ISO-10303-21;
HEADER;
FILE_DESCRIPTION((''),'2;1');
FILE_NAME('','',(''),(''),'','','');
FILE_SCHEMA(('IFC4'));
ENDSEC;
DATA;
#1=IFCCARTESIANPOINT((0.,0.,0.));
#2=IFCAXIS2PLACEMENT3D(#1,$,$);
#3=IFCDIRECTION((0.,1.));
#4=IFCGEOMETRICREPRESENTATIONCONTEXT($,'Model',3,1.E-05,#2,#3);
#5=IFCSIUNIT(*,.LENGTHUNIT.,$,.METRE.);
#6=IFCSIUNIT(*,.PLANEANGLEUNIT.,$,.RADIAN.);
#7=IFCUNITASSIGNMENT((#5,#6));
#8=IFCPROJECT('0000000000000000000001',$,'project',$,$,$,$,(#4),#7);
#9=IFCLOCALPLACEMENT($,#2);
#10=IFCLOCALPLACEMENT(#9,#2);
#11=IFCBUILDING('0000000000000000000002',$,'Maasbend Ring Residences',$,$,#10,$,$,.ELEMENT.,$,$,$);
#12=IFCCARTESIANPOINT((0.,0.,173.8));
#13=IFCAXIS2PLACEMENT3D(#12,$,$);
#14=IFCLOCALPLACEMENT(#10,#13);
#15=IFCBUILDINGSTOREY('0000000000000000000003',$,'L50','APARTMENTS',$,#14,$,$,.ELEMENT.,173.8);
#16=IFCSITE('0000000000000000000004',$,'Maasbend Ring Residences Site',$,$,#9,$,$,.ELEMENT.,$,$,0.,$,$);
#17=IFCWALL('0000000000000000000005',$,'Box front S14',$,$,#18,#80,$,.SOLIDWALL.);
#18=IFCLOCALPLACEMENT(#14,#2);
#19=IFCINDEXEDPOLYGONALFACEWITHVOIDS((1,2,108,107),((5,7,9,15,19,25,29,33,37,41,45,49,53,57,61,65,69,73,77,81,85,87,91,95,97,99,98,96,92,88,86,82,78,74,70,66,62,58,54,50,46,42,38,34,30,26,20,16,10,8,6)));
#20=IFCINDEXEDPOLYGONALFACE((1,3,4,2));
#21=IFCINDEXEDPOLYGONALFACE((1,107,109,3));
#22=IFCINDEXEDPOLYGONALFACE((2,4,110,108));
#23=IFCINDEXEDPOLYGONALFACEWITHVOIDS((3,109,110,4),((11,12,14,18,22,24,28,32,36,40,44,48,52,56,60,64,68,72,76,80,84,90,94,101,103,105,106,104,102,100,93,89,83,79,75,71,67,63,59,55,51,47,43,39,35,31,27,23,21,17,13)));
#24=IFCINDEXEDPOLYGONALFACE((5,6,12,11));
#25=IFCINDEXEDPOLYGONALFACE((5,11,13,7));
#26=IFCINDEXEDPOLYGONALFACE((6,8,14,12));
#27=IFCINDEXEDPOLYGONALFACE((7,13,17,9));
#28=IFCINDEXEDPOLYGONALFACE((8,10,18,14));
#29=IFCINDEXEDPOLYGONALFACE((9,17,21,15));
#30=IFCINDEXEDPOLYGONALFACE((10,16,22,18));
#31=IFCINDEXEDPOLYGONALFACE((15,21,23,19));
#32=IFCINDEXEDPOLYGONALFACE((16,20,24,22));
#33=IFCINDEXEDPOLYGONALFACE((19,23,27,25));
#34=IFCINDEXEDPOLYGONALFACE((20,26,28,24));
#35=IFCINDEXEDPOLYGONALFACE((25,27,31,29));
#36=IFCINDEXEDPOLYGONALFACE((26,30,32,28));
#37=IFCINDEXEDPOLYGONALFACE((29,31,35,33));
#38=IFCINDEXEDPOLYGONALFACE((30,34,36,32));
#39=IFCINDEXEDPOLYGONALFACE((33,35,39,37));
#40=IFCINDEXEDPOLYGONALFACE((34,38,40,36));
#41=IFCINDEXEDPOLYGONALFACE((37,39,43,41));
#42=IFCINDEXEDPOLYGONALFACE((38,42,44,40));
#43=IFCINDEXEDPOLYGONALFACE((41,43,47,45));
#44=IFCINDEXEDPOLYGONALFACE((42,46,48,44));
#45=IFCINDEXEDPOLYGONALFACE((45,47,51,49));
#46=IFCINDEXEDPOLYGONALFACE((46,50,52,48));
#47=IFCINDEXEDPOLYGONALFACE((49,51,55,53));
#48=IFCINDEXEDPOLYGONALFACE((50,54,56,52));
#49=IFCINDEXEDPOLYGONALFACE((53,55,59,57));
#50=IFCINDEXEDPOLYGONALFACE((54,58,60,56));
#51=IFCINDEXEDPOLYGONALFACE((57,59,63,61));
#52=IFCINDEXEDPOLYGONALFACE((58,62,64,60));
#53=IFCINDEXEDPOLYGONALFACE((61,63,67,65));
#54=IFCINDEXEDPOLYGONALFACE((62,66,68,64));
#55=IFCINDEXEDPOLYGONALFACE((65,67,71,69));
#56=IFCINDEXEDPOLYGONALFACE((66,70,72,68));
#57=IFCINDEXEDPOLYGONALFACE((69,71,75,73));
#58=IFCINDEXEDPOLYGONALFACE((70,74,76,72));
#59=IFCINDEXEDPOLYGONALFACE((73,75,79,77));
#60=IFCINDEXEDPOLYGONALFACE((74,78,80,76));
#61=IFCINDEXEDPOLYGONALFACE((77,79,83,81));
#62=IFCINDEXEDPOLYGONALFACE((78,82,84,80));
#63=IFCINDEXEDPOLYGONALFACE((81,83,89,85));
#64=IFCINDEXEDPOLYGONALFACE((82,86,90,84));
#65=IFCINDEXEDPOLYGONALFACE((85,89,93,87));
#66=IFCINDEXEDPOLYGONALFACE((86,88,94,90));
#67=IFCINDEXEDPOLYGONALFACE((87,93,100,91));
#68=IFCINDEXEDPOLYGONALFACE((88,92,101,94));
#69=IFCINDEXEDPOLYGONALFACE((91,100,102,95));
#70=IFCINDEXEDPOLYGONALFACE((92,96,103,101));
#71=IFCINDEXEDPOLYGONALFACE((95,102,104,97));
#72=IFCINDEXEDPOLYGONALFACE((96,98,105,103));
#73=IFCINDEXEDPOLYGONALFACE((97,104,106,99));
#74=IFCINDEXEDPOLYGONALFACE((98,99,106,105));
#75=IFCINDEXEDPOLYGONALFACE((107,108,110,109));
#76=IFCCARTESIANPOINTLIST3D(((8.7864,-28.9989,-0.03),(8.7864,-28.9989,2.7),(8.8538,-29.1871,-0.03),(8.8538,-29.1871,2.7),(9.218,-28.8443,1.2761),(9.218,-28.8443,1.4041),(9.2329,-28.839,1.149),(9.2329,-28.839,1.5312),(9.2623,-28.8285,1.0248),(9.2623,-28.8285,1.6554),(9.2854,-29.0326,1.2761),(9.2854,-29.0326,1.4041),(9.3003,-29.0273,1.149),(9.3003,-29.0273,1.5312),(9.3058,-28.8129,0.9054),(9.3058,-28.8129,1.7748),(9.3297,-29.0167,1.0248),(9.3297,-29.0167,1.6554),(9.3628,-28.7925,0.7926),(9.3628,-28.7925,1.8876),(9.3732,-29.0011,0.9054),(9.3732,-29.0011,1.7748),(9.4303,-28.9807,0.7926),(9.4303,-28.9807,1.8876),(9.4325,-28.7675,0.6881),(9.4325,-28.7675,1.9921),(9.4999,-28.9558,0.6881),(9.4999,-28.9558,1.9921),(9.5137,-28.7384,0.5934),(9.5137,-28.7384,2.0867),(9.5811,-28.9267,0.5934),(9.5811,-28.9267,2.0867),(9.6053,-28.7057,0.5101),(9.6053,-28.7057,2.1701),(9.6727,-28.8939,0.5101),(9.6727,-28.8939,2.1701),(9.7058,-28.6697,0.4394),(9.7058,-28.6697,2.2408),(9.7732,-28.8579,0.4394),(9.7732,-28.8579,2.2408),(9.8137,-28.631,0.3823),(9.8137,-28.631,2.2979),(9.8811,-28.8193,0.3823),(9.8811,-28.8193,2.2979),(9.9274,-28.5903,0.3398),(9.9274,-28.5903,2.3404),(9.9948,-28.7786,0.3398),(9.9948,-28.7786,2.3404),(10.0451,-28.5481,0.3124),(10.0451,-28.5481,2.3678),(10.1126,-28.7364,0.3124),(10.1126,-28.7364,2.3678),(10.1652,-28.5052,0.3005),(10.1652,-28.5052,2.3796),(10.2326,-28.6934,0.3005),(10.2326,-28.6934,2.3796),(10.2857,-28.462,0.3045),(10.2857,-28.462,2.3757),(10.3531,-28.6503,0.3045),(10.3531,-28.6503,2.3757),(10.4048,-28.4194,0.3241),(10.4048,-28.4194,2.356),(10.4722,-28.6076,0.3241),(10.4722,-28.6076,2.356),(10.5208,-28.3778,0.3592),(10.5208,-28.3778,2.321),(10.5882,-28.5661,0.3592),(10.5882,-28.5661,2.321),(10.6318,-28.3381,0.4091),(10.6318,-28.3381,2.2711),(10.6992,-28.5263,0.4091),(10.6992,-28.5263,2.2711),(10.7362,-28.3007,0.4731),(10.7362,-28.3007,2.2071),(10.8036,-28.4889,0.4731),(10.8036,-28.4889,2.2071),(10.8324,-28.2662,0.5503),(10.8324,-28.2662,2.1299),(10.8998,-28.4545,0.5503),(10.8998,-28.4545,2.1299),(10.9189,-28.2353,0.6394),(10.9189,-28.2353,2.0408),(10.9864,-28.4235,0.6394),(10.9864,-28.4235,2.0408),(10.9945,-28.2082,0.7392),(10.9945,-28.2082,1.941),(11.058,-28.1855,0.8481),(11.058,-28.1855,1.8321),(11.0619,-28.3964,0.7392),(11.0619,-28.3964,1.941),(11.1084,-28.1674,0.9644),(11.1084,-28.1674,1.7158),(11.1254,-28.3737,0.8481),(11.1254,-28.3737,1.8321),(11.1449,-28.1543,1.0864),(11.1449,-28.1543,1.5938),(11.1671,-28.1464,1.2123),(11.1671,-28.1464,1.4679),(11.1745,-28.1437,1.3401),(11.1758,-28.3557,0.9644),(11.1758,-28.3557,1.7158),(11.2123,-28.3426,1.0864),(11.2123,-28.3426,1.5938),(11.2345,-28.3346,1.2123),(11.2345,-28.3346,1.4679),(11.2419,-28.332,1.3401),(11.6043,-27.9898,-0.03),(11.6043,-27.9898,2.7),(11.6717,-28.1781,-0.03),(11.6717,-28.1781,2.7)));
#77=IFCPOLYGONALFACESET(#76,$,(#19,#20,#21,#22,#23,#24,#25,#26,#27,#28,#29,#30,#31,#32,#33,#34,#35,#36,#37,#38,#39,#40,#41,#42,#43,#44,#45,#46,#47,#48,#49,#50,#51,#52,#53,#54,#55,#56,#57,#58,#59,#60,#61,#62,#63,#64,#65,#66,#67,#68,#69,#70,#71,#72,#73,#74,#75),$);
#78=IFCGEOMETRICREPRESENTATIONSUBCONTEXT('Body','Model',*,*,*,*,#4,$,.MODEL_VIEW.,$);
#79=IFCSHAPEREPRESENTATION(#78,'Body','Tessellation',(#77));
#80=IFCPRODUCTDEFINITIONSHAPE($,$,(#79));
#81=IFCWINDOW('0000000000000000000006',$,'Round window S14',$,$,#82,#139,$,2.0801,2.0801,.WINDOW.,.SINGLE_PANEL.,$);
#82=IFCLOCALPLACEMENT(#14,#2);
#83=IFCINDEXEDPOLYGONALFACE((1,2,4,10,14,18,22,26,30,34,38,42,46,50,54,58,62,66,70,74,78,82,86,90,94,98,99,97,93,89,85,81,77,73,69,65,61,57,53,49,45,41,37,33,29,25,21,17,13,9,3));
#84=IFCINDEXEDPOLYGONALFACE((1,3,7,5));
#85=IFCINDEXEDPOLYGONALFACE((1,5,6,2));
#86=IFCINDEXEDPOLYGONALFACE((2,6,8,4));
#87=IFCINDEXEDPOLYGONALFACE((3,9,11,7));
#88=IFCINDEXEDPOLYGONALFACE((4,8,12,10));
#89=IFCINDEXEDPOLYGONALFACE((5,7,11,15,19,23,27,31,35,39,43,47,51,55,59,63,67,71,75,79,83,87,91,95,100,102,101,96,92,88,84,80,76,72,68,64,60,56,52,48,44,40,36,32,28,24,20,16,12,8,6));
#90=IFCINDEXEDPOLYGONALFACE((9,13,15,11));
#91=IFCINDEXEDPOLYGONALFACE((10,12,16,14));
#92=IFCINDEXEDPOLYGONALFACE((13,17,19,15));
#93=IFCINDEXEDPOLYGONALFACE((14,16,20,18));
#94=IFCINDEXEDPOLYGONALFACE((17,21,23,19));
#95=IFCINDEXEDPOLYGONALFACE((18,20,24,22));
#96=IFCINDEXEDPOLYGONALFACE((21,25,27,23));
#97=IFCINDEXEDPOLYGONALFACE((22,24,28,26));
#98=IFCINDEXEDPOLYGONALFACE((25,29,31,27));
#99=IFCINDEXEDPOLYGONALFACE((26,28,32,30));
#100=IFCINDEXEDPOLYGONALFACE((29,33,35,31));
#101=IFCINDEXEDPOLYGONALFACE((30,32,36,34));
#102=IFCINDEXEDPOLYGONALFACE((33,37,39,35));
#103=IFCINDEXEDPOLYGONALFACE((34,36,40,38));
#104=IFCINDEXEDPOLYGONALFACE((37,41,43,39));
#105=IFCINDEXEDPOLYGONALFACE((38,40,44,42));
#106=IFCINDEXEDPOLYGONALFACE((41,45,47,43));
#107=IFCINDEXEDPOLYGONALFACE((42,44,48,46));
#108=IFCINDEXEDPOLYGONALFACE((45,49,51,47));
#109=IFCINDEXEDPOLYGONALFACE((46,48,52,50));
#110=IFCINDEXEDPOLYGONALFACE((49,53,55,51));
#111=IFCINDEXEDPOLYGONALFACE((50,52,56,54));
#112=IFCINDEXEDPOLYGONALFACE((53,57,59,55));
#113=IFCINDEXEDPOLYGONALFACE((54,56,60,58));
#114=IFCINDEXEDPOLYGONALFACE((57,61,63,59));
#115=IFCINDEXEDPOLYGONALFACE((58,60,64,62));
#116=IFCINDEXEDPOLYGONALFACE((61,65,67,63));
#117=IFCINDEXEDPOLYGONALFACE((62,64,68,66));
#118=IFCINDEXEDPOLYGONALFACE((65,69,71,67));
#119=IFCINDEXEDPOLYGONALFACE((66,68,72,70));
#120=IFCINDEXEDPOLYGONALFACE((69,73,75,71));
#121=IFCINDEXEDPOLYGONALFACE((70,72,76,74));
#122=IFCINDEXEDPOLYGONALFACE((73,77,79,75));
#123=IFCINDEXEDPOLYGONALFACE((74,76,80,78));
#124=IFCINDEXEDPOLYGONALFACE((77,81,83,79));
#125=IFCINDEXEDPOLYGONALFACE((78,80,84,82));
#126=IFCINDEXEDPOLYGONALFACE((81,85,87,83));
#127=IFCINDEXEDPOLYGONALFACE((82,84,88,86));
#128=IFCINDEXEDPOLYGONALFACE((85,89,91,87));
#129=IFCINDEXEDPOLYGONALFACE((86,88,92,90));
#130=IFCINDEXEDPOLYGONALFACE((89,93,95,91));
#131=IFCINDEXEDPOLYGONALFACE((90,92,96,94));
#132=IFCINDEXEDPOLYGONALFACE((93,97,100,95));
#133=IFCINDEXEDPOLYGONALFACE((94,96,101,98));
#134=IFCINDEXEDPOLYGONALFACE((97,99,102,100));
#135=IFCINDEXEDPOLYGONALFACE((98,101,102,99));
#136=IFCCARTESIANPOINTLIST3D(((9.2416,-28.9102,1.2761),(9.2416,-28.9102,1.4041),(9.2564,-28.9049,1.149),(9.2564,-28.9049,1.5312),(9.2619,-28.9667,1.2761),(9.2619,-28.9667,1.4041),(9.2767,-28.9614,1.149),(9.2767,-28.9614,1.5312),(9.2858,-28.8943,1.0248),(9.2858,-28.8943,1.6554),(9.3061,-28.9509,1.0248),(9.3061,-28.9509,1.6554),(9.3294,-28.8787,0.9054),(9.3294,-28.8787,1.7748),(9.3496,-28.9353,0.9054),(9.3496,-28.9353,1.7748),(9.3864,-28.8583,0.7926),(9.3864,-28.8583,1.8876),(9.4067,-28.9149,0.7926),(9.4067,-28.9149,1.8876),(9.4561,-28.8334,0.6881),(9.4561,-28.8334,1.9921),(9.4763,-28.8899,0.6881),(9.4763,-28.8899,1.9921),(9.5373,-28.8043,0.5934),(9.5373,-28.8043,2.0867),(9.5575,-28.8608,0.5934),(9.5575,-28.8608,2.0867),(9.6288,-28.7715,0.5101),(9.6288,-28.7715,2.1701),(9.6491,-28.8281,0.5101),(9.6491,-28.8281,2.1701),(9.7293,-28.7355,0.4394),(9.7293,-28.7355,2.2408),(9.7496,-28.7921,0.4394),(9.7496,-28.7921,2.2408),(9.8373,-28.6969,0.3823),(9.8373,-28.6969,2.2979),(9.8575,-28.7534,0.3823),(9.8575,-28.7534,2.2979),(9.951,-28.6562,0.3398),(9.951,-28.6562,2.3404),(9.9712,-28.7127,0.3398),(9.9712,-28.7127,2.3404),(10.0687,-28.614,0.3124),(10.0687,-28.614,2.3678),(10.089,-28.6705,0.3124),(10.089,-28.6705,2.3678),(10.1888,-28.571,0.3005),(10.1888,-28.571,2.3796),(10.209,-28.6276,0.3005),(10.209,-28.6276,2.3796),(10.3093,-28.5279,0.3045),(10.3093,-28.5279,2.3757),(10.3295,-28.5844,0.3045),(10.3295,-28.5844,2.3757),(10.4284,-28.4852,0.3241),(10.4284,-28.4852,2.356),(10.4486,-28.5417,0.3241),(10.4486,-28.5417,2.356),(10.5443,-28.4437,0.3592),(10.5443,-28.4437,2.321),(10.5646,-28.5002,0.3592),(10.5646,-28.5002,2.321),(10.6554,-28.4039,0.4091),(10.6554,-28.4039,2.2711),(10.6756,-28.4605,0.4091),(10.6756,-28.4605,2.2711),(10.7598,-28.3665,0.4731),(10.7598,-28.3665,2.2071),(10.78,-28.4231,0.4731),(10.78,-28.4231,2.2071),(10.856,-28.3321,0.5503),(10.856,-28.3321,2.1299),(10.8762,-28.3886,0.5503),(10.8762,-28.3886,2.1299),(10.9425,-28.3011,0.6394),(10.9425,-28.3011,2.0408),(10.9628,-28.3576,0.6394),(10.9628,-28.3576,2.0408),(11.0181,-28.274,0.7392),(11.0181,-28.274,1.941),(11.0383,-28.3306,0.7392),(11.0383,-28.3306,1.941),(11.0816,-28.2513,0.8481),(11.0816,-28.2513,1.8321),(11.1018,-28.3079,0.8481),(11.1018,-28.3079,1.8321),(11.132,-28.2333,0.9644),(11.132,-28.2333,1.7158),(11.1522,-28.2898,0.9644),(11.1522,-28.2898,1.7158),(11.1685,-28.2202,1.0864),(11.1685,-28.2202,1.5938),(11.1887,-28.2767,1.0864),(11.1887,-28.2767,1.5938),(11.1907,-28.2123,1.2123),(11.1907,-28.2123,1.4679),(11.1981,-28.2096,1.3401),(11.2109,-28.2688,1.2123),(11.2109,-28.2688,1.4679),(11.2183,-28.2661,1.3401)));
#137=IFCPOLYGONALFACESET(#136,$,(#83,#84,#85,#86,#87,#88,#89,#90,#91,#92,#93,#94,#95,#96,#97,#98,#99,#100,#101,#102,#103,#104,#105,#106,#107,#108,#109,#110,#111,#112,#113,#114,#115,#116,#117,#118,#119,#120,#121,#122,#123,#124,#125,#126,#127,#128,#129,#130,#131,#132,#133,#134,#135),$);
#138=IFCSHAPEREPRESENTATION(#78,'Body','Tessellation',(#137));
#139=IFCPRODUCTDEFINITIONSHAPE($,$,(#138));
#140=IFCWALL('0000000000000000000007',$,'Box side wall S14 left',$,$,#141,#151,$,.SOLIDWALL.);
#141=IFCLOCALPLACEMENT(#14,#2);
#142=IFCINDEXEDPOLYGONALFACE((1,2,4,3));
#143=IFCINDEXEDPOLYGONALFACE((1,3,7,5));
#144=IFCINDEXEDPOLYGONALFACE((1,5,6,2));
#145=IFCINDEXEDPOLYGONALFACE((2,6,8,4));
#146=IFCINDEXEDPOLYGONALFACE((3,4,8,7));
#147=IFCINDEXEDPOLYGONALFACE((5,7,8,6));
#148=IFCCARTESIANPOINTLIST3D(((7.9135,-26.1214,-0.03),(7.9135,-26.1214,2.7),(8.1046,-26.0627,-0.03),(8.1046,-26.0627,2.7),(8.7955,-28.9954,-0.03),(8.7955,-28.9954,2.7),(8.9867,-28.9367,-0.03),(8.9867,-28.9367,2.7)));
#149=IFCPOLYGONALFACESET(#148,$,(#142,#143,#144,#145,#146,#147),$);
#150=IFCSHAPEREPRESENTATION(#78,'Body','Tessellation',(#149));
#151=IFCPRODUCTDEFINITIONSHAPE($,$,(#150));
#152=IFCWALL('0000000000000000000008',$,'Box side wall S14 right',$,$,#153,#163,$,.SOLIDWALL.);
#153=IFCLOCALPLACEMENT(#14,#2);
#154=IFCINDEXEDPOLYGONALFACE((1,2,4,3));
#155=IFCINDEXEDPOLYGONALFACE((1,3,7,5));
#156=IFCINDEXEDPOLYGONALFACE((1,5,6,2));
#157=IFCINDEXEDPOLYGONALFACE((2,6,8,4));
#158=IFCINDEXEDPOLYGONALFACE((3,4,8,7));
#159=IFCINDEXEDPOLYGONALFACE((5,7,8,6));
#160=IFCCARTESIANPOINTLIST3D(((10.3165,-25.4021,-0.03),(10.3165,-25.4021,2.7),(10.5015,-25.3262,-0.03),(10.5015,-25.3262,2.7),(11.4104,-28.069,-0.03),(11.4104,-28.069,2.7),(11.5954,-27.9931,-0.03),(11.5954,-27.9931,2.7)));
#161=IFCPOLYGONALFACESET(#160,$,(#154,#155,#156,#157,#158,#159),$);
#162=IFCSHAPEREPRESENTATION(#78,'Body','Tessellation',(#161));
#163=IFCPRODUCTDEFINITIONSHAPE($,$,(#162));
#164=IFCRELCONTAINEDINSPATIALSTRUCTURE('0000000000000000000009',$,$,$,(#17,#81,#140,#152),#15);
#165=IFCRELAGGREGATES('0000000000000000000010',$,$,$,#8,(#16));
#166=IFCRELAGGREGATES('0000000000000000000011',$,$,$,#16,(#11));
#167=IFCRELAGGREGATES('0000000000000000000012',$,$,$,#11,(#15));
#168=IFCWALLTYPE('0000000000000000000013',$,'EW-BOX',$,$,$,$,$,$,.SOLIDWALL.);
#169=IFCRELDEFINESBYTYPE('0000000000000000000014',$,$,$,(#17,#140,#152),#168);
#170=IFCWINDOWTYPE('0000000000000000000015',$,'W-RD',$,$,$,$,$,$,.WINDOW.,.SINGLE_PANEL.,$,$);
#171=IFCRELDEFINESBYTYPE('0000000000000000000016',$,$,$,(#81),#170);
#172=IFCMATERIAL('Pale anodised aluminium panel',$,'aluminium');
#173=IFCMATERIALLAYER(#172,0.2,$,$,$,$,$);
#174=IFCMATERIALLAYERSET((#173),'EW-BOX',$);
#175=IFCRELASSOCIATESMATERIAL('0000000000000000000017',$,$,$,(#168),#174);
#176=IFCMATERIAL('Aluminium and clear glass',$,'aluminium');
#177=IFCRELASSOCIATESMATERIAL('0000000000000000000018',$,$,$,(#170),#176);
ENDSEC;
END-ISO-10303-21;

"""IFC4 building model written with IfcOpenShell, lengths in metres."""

from ifc_helpers import new_model, si_unit, direction, frame, frame_2d, origin, place, context, subcontext, project, spatial, rectangle, circle, extrude, material, layer, layer_set, type_object, element, fill, save


model = new_model("IFC4")

# Units and contexts
model_context = context("Model", 3, precision=1e-05, world=origin(), true_north=direction((0.0, 1.0)))
body_context = subcontext(model_context, "Body", "Model", "MODEL_VIEW")
ifc_project = project(units=[si_unit("LENGTHUNIT", "METRE"), si_unit("PLANEANGLEUNIT", "RADIAN")], contexts=[model_context])

# Site, building, storey
site_placement = place(None, origin())
site = spatial("IfcSite", under=ifc_project, at=site_placement, Name="Maasbend Ring Residences Site", CompositionType="ELEMENT", RefElevation=0.0)
building_placement = place(site_placement, origin())
building = spatial("IfcBuilding", under=site, at=building_placement, Name="Maasbend Ring Residences", CompositionType="ELEMENT")
storey_placement = place(building_placement, frame((0.0, 0.0, 173.8)))
storey = spatial("IfcBuildingStorey", under=building, at=storey_placement, Name="L50", Description="APARTMENTS", CompositionType="ELEMENT", Elevation=173.8)

# Shared definitions
ifc_material_1 = material(Name="Pale anodised aluminium panel", Category="aluminium")
ifc_layer_1 = layer(ifc_material_1, 0.2)
ifc_layer_set_1 = layer_set([ifc_layer_1], Name="EW-BOX")
wall_type_1 = type_object("IfcWallType", Name="EW-BOX", PredefinedType="SOLIDWALL", material=ifc_layer_set_1)
ifc_material_2 = material(Name="Aluminium and clear glass", Category="aluminium")
window_type_1 = type_object("IfcWindowType", Name="W-RD", PartitioningType="SINGLE_PANEL", PredefinedType="WINDOW", material=ifc_material_2)

# Wall, opening, window
wall_1_placement = place(storey_placement, frame((8.8201, -29.093, -0.03), z_axis=(0.0, 0.0, 1.0), x_axis=(0.941461, 0.337122, 0.0)))
wall_1 = element("IfcWall", 1, at=wall_1_placement, inside=storey, type_object=wall_type_1, Name="Box front S14", PredefinedType="SOLIDWALL", context=body_context, shape_type="SweptSolid", body=[
    extrude(rectangle(XDim=2.9932, YDim=0.2, at=frame_2d((1.4966, 0.0))), origin(), (0.0, 0.0, 1.0), 2.73),
])
opening_1_placement = place(wall_1_placement, frame((0.4565, 0.0, 0.3301)))
opening_1 = element("IfcOpeningElement", 2, at=opening_1_placement, cuts=wall_1, PredefinedType="OPENING", context=body_context, shape_type="SweptSolid", body=[
    extrude(circle(Radius=1.04, at=frame_2d((1.04, 1.04))), frame((0.0, 0.1099, 0.0), z_axis=(0.0, -1.0, 0.0), x_axis=(1.0, 0.0, 0.0)), (0.0, 0.0, 1.0), 0.22),
])
window_1_placement = place(opening_1_placement, origin())
window_1 = element("IfcWindow", 3, at=window_1_placement, inside=storey, type_object=window_type_1, Name="Round window S14", OverallHeight=2.0801, OverallWidth=2.0801, PartitioningType="SINGLE_PANEL", PredefinedType="WINDOW", context=body_context, shape_type="SweptSolid", body=[
    extrude(circle(Radius=1.04, at=frame_2d((1.04, 1.04))), frame((0.0, 0.03, 0.0), z_axis=(0.0, -1.0, 0.0), x_axis=(1.0, 0.0, 0.0)), (0.0, 0.0, 1.0), 0.0601),
])
fill(opening_1, window_1)

# Walls
wall_2_placement = place(storey_placement, frame((8.009, -26.092, -0.03), z_axis=(0.0, 0.0, 1.0), x_axis=(0.293407, -0.955988, 0.0)))
element("IfcWall", 4, at=wall_2_placement, inside=storey, type_object=wall_type_1, Name="Box side wall S14 left", PredefinedType="SOLIDWALL", context=body_context, shape_type="SweptSolid", body=[
    extrude(rectangle(XDim=3.0063, YDim=0.2, at=frame_2d((1.5032, 0.0))), origin(), (0.0, 0.0, 1.0), 2.73),
])
wall_3_placement = place(storey_placement, frame((10.4089, -25.364, -0.03), z_axis=(0.0, 0.0, 1.0), x_axis=(0.37951, -0.925188, 0.0)))
element("IfcWall", 5, at=wall_3_placement, inside=storey, type_object=wall_type_1, Name="Box side wall S14 right", PredefinedType="SOLIDWALL", context=body_context, shape_type="SweptSolid", body=[
    extrude(rectangle(XDim=2.8826, YDim=0.2, at=frame_2d((1.4414, 0.0))), origin(), (0.0, 0.0, 1.0), 2.73),
])

save(model, "model.ifc")
